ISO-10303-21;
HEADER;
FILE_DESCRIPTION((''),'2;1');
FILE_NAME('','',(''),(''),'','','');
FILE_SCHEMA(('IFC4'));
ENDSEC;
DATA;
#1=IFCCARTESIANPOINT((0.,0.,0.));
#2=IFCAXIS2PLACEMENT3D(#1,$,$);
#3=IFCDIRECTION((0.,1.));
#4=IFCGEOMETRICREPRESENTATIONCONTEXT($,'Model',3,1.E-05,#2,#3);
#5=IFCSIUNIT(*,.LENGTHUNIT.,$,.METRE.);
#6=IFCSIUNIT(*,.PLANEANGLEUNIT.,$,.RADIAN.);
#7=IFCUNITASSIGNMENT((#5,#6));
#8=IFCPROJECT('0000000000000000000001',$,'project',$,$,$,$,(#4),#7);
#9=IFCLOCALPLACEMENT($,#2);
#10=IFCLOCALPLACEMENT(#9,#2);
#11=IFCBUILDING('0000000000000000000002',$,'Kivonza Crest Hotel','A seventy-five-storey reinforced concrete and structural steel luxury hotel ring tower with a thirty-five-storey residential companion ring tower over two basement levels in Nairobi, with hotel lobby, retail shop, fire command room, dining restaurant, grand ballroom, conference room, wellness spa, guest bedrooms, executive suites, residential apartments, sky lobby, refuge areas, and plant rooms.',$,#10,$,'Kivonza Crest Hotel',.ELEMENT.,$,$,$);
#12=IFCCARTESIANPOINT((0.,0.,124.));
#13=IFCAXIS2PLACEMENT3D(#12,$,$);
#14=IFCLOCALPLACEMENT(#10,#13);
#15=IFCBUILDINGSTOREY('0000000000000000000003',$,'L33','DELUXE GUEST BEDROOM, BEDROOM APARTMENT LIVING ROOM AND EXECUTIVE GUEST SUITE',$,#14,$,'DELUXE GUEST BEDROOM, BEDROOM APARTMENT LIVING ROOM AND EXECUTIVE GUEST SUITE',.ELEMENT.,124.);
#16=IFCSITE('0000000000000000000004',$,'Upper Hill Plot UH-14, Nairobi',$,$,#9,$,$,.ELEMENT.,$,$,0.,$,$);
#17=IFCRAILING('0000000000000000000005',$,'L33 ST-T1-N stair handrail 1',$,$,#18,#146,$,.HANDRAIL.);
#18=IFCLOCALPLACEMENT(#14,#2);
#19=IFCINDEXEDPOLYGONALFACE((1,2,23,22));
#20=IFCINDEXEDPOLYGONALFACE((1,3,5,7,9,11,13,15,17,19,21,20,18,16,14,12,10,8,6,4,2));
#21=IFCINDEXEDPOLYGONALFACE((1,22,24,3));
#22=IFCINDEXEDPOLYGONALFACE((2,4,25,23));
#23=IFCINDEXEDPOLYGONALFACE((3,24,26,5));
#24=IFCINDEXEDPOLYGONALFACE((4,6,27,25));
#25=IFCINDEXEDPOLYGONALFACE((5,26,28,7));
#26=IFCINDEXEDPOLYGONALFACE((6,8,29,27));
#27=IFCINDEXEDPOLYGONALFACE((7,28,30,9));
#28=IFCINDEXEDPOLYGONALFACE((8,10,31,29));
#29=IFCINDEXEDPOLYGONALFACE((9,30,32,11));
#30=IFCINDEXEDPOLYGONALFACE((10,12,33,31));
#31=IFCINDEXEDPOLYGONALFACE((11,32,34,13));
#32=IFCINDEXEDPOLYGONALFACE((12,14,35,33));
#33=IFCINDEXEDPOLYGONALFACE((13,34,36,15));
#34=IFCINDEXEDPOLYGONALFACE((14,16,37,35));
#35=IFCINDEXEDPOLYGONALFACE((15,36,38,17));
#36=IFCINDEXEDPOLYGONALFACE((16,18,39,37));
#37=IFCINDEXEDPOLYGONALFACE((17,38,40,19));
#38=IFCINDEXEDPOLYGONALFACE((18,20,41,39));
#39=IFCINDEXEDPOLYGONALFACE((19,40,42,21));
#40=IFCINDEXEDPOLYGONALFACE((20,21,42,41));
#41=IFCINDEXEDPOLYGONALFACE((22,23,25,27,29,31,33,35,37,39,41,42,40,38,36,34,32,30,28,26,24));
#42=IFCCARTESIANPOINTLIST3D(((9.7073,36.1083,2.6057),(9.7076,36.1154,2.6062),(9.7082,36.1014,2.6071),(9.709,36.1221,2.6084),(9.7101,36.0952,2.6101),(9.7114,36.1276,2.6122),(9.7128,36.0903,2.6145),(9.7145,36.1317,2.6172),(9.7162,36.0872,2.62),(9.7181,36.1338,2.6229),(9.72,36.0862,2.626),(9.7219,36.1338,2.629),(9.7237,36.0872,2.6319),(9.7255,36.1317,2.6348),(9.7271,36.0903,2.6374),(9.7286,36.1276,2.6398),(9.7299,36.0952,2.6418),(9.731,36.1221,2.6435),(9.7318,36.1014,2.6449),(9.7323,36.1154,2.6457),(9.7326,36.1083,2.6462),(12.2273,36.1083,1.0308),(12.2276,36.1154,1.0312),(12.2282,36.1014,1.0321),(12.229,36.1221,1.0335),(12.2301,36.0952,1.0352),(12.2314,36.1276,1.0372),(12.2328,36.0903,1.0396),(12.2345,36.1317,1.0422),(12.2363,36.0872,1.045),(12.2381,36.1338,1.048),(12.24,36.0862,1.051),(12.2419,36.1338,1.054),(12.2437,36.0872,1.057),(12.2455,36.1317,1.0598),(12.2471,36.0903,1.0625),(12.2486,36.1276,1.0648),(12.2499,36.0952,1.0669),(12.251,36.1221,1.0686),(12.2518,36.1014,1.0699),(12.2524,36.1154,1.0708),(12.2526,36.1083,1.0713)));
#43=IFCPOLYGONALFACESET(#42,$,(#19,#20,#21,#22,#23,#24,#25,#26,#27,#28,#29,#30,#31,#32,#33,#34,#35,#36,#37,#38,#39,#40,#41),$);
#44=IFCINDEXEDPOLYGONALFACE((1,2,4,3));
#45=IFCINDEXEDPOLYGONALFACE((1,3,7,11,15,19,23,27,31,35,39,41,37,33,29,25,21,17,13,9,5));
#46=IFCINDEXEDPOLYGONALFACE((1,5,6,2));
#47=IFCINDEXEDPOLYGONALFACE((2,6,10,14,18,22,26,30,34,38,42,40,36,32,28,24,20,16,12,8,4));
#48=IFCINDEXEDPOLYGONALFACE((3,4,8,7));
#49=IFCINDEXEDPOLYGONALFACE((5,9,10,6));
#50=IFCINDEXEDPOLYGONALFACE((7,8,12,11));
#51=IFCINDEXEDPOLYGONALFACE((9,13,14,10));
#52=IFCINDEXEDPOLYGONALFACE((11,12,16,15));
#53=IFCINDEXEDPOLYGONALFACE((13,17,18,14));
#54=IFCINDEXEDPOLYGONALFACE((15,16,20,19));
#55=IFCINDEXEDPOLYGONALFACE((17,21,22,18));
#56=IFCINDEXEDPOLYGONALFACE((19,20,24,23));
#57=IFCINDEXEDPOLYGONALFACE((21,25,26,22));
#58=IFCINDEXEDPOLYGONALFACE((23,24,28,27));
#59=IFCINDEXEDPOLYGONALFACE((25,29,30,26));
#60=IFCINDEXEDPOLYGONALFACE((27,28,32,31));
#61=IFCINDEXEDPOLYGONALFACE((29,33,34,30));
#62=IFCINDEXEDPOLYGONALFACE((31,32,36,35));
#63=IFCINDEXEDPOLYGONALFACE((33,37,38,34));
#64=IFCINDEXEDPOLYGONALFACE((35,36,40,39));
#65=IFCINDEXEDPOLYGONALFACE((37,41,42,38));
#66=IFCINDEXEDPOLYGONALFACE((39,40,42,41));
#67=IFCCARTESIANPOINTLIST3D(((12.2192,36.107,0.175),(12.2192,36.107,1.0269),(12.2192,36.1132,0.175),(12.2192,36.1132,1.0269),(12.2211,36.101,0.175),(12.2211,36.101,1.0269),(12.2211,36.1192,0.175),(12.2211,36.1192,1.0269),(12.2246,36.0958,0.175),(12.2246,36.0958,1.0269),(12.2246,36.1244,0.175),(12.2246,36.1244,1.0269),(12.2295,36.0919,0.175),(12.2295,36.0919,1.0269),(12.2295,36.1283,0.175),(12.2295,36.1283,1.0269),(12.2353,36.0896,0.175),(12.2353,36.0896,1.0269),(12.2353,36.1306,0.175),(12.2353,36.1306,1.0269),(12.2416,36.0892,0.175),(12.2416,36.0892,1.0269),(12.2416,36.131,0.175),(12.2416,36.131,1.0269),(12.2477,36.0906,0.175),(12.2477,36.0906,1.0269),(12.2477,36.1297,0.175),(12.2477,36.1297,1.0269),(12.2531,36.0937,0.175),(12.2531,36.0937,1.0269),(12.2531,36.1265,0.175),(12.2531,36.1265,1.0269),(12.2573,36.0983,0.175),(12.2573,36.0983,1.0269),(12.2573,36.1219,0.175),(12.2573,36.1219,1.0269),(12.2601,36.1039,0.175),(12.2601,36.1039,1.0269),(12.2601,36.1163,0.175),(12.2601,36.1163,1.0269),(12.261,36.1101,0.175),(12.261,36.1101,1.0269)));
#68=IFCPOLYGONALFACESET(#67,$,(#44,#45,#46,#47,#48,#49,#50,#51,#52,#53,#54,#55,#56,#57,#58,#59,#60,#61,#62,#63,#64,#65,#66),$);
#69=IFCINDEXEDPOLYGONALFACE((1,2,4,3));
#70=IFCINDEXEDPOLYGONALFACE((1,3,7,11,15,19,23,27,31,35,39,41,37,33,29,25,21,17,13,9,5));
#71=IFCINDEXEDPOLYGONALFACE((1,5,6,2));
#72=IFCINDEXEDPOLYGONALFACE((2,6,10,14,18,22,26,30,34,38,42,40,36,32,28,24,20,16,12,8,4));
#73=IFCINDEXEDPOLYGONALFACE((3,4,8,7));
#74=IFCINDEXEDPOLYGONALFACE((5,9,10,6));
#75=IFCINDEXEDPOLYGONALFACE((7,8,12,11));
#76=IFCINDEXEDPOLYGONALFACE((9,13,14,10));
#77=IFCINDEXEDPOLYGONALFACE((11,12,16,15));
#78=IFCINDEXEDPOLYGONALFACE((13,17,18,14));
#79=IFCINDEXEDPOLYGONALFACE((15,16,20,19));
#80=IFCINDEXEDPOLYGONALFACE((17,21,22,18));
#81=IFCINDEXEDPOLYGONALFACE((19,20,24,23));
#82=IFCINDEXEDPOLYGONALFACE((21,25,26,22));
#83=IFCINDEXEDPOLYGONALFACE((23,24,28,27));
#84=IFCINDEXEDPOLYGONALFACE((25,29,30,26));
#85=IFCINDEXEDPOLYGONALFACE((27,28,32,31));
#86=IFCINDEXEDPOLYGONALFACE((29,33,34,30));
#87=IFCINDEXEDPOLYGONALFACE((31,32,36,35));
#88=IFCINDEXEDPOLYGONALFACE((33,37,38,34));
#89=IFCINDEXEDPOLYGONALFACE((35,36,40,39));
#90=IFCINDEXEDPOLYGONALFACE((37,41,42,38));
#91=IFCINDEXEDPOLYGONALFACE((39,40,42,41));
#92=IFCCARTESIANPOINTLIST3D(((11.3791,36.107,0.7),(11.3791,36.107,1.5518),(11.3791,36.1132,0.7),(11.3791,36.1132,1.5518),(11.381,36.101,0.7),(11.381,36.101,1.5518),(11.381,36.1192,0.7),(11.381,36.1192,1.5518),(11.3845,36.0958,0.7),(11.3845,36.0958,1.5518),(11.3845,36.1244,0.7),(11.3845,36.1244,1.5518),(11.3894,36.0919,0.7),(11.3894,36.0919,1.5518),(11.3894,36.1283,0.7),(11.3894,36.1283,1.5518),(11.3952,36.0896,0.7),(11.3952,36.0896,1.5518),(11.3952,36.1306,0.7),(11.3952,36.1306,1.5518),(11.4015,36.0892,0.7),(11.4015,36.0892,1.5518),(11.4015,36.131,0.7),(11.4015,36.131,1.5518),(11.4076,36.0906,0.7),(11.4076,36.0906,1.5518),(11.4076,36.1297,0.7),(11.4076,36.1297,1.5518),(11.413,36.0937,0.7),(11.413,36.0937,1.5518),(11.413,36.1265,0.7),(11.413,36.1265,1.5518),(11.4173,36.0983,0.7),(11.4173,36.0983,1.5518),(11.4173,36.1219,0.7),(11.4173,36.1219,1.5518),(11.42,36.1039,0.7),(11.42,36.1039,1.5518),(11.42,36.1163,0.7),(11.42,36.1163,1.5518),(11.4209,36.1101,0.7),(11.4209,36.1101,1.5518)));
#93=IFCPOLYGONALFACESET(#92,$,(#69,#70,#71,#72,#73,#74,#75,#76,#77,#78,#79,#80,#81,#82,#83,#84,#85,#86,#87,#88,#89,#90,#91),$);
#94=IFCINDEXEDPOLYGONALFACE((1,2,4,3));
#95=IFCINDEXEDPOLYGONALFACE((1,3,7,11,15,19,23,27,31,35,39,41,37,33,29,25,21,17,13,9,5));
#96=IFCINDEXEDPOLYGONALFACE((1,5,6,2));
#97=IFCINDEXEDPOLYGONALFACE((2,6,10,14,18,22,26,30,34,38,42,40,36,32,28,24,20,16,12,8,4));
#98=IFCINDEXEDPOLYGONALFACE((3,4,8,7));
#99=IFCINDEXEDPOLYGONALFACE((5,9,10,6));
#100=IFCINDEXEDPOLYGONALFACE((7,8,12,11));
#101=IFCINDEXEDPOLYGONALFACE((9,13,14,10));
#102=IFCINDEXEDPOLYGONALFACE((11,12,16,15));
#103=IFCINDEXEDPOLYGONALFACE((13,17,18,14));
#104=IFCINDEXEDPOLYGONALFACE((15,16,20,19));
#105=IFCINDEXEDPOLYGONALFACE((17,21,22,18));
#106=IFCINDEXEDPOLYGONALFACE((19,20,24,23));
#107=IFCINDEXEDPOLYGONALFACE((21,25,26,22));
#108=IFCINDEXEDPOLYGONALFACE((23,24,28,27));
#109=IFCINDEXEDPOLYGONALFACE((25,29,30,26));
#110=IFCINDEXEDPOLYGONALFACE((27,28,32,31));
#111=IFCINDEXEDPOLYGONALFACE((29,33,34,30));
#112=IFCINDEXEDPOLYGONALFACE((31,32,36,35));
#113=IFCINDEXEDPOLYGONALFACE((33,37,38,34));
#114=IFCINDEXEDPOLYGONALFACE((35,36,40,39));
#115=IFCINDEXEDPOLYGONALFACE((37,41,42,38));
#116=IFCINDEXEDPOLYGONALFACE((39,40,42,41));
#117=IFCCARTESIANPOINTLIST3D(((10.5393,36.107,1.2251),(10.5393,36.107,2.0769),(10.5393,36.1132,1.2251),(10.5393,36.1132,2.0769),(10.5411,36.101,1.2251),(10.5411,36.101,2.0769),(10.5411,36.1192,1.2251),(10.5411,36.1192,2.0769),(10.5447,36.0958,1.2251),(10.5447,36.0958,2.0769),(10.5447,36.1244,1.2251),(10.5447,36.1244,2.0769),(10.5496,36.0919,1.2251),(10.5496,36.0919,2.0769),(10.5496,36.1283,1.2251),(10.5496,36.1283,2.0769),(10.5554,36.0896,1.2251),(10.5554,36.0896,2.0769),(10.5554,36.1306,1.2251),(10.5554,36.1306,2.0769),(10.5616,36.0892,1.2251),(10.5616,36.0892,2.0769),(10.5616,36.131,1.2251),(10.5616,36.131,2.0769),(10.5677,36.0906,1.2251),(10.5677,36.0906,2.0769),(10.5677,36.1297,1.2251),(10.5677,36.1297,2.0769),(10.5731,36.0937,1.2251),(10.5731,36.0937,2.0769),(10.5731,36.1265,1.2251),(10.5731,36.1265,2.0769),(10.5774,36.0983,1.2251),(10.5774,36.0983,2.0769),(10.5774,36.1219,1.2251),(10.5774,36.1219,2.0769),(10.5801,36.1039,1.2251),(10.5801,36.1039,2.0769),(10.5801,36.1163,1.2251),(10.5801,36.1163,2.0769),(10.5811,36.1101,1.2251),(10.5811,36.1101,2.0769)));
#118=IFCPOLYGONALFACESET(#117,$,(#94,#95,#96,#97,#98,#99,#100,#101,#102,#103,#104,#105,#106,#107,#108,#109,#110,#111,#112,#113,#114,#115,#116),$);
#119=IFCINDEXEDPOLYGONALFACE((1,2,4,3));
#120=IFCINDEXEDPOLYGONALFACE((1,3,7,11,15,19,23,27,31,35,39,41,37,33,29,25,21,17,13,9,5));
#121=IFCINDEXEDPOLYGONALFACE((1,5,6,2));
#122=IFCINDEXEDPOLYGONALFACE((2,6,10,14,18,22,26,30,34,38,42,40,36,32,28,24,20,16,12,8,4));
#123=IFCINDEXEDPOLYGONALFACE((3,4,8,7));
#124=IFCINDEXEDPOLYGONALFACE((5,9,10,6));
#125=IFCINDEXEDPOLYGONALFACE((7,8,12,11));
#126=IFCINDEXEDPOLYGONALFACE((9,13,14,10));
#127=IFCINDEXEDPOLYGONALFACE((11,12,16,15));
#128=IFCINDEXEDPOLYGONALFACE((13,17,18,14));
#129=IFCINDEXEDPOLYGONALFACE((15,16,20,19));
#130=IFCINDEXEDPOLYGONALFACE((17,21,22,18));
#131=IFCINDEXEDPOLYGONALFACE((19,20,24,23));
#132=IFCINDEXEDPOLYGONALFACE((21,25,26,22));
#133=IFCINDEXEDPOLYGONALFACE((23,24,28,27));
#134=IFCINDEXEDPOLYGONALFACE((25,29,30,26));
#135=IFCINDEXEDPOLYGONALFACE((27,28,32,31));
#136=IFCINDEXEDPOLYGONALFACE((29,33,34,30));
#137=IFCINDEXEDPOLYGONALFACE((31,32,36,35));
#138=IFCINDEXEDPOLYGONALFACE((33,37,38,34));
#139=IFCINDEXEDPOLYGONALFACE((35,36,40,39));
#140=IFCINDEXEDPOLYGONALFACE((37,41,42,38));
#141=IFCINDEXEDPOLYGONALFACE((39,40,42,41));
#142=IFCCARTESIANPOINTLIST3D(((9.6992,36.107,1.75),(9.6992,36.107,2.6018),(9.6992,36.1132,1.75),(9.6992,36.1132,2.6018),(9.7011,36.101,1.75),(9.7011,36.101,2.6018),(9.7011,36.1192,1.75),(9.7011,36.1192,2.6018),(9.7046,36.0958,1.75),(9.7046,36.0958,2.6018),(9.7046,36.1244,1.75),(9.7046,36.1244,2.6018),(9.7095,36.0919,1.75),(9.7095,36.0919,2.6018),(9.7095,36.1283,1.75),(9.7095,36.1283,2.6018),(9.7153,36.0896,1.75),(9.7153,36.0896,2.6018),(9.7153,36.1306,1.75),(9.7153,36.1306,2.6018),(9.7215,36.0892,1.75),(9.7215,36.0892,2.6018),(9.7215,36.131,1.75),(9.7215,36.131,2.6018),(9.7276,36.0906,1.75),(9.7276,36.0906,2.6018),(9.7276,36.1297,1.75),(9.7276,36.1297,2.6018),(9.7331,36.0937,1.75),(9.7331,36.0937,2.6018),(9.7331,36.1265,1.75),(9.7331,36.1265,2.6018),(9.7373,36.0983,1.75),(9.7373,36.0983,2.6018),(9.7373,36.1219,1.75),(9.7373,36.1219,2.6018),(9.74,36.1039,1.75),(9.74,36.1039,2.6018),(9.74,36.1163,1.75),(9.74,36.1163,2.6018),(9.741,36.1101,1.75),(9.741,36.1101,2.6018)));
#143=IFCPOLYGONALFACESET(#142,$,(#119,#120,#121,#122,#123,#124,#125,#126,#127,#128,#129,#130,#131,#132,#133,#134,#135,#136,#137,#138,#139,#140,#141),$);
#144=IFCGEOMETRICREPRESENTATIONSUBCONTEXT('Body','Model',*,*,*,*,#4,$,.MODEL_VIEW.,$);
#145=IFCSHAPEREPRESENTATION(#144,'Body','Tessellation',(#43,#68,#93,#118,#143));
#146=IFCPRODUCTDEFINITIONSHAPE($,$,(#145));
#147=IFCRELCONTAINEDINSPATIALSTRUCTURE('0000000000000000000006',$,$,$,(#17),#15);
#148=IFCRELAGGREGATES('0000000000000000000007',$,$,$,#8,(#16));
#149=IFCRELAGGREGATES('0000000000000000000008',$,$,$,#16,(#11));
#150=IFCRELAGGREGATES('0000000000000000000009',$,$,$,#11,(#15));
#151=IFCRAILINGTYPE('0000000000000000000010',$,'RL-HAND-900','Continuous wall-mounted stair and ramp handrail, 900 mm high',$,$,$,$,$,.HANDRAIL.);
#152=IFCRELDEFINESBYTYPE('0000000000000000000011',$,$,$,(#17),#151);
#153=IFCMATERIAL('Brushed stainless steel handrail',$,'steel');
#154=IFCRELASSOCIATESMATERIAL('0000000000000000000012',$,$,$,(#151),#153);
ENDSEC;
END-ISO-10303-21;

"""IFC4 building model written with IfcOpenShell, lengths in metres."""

from ifc_helpers import new_model, si_unit, direction, frame, origin, origin_2d, place, context, subcontext, project, spatial, circle, extrude, material, type_object, element, save


model = new_model("IFC4")

# Units and contexts
model_context = context("Model", 3, precision=1e-05, world=origin(), true_north=direction((0.0, 1.0)))
body_context = subcontext(model_context, "Body", "Model", "MODEL_VIEW")
ifc_project = project(units=[si_unit("LENGTHUNIT", "METRE"), si_unit("PLANEANGLEUNIT", "RADIAN")], contexts=[model_context])

# Site, building, storey
site_placement = place(None, origin())
site = spatial("IfcSite", under=ifc_project, at=site_placement, Name="Upper Hill Plot UH-14, Nairobi", CompositionType="ELEMENT", RefElevation=0.0)
building_placement = place(site_placement, origin())
building = spatial("IfcBuilding", under=site, at=building_placement, Name="Kivonza Crest Hotel", Description="A seventy-five-storey reinforced concrete and structural steel luxury hotel ring tower with a thirty-five-storey residential companion ring tower over two basement levels in Nairobi, with hotel lobby, retail shop, fire command room, dining restaurant, grand ballroom, conference room, wellness spa, guest bedrooms, executive suites, residential apartments, sky lobby, refuge areas, and plant rooms.", LongName="Kivonza Crest Hotel", CompositionType="ELEMENT")
storey_placement = place(building_placement, frame((0.0, 0.0, 124.0)))
storey = spatial("IfcBuildingStorey", under=building, at=storey_placement, Name="L33", Description="DELUXE GUEST BEDROOM, BEDROOM APARTMENT LIVING ROOM AND EXECUTIVE GUEST SUITE", LongName="DELUXE GUEST BEDROOM, BEDROOM APARTMENT LIVING ROOM AND EXECUTIVE GUEST SUITE", CompositionType="ELEMENT", Elevation=124.0)

# Railing
ifc_material_1 = material(Name="Brushed stainless steel handrail", Category="steel")
railing_type_1 = type_object("IfcRailingType", Name="RL-HAND-900", Description="Continuous wall-mounted stair and ramp handrail, 900 mm high", PredefinedType="HANDRAIL", material=ifc_material_1)
railing_1_placement = place(storey_placement, frame((12.24, 36.1101, 0.175)))
element("IfcRailing", 1, at=railing_1_placement, inside=storey, type_object=railing_type_1, Name="L33 ST-T1-N stair handrail 1", PredefinedType="HANDRAIL", context=body_context, shape_type="SweptSolid", body=[
    extrude(circle(Radius=0.0239, at=origin_2d()), frame((0.0, 0.0, 0.876), z_axis=(-0.848008, 0.0, 0.529984), x_axis=(0.0, -1.0, 0.0)), (0.0, 0.0, 1.0), 2.9717),
    extrude(circle(Radius=0.021, at=origin_2d()), origin(), (0.0, 0.0, 1.0), 0.8518),
    extrude(circle(Radius=0.021, at=origin_2d()), frame((-0.8401, 0.0, 0.5249)), (0.0, 0.0, 1.0), 0.8518),
    extrude(circle(Radius=0.021, at=origin_2d()), frame((-1.6799, 0.0, 1.05)), (0.0, 0.0, 1.0), 0.8518),
    extrude(circle(Radius=0.021, at=origin_2d()), frame((-2.52, 0.0, 1.575)), (0.0, 0.0, 1.0), 0.8518),
])

save(model, "model.ifc")
